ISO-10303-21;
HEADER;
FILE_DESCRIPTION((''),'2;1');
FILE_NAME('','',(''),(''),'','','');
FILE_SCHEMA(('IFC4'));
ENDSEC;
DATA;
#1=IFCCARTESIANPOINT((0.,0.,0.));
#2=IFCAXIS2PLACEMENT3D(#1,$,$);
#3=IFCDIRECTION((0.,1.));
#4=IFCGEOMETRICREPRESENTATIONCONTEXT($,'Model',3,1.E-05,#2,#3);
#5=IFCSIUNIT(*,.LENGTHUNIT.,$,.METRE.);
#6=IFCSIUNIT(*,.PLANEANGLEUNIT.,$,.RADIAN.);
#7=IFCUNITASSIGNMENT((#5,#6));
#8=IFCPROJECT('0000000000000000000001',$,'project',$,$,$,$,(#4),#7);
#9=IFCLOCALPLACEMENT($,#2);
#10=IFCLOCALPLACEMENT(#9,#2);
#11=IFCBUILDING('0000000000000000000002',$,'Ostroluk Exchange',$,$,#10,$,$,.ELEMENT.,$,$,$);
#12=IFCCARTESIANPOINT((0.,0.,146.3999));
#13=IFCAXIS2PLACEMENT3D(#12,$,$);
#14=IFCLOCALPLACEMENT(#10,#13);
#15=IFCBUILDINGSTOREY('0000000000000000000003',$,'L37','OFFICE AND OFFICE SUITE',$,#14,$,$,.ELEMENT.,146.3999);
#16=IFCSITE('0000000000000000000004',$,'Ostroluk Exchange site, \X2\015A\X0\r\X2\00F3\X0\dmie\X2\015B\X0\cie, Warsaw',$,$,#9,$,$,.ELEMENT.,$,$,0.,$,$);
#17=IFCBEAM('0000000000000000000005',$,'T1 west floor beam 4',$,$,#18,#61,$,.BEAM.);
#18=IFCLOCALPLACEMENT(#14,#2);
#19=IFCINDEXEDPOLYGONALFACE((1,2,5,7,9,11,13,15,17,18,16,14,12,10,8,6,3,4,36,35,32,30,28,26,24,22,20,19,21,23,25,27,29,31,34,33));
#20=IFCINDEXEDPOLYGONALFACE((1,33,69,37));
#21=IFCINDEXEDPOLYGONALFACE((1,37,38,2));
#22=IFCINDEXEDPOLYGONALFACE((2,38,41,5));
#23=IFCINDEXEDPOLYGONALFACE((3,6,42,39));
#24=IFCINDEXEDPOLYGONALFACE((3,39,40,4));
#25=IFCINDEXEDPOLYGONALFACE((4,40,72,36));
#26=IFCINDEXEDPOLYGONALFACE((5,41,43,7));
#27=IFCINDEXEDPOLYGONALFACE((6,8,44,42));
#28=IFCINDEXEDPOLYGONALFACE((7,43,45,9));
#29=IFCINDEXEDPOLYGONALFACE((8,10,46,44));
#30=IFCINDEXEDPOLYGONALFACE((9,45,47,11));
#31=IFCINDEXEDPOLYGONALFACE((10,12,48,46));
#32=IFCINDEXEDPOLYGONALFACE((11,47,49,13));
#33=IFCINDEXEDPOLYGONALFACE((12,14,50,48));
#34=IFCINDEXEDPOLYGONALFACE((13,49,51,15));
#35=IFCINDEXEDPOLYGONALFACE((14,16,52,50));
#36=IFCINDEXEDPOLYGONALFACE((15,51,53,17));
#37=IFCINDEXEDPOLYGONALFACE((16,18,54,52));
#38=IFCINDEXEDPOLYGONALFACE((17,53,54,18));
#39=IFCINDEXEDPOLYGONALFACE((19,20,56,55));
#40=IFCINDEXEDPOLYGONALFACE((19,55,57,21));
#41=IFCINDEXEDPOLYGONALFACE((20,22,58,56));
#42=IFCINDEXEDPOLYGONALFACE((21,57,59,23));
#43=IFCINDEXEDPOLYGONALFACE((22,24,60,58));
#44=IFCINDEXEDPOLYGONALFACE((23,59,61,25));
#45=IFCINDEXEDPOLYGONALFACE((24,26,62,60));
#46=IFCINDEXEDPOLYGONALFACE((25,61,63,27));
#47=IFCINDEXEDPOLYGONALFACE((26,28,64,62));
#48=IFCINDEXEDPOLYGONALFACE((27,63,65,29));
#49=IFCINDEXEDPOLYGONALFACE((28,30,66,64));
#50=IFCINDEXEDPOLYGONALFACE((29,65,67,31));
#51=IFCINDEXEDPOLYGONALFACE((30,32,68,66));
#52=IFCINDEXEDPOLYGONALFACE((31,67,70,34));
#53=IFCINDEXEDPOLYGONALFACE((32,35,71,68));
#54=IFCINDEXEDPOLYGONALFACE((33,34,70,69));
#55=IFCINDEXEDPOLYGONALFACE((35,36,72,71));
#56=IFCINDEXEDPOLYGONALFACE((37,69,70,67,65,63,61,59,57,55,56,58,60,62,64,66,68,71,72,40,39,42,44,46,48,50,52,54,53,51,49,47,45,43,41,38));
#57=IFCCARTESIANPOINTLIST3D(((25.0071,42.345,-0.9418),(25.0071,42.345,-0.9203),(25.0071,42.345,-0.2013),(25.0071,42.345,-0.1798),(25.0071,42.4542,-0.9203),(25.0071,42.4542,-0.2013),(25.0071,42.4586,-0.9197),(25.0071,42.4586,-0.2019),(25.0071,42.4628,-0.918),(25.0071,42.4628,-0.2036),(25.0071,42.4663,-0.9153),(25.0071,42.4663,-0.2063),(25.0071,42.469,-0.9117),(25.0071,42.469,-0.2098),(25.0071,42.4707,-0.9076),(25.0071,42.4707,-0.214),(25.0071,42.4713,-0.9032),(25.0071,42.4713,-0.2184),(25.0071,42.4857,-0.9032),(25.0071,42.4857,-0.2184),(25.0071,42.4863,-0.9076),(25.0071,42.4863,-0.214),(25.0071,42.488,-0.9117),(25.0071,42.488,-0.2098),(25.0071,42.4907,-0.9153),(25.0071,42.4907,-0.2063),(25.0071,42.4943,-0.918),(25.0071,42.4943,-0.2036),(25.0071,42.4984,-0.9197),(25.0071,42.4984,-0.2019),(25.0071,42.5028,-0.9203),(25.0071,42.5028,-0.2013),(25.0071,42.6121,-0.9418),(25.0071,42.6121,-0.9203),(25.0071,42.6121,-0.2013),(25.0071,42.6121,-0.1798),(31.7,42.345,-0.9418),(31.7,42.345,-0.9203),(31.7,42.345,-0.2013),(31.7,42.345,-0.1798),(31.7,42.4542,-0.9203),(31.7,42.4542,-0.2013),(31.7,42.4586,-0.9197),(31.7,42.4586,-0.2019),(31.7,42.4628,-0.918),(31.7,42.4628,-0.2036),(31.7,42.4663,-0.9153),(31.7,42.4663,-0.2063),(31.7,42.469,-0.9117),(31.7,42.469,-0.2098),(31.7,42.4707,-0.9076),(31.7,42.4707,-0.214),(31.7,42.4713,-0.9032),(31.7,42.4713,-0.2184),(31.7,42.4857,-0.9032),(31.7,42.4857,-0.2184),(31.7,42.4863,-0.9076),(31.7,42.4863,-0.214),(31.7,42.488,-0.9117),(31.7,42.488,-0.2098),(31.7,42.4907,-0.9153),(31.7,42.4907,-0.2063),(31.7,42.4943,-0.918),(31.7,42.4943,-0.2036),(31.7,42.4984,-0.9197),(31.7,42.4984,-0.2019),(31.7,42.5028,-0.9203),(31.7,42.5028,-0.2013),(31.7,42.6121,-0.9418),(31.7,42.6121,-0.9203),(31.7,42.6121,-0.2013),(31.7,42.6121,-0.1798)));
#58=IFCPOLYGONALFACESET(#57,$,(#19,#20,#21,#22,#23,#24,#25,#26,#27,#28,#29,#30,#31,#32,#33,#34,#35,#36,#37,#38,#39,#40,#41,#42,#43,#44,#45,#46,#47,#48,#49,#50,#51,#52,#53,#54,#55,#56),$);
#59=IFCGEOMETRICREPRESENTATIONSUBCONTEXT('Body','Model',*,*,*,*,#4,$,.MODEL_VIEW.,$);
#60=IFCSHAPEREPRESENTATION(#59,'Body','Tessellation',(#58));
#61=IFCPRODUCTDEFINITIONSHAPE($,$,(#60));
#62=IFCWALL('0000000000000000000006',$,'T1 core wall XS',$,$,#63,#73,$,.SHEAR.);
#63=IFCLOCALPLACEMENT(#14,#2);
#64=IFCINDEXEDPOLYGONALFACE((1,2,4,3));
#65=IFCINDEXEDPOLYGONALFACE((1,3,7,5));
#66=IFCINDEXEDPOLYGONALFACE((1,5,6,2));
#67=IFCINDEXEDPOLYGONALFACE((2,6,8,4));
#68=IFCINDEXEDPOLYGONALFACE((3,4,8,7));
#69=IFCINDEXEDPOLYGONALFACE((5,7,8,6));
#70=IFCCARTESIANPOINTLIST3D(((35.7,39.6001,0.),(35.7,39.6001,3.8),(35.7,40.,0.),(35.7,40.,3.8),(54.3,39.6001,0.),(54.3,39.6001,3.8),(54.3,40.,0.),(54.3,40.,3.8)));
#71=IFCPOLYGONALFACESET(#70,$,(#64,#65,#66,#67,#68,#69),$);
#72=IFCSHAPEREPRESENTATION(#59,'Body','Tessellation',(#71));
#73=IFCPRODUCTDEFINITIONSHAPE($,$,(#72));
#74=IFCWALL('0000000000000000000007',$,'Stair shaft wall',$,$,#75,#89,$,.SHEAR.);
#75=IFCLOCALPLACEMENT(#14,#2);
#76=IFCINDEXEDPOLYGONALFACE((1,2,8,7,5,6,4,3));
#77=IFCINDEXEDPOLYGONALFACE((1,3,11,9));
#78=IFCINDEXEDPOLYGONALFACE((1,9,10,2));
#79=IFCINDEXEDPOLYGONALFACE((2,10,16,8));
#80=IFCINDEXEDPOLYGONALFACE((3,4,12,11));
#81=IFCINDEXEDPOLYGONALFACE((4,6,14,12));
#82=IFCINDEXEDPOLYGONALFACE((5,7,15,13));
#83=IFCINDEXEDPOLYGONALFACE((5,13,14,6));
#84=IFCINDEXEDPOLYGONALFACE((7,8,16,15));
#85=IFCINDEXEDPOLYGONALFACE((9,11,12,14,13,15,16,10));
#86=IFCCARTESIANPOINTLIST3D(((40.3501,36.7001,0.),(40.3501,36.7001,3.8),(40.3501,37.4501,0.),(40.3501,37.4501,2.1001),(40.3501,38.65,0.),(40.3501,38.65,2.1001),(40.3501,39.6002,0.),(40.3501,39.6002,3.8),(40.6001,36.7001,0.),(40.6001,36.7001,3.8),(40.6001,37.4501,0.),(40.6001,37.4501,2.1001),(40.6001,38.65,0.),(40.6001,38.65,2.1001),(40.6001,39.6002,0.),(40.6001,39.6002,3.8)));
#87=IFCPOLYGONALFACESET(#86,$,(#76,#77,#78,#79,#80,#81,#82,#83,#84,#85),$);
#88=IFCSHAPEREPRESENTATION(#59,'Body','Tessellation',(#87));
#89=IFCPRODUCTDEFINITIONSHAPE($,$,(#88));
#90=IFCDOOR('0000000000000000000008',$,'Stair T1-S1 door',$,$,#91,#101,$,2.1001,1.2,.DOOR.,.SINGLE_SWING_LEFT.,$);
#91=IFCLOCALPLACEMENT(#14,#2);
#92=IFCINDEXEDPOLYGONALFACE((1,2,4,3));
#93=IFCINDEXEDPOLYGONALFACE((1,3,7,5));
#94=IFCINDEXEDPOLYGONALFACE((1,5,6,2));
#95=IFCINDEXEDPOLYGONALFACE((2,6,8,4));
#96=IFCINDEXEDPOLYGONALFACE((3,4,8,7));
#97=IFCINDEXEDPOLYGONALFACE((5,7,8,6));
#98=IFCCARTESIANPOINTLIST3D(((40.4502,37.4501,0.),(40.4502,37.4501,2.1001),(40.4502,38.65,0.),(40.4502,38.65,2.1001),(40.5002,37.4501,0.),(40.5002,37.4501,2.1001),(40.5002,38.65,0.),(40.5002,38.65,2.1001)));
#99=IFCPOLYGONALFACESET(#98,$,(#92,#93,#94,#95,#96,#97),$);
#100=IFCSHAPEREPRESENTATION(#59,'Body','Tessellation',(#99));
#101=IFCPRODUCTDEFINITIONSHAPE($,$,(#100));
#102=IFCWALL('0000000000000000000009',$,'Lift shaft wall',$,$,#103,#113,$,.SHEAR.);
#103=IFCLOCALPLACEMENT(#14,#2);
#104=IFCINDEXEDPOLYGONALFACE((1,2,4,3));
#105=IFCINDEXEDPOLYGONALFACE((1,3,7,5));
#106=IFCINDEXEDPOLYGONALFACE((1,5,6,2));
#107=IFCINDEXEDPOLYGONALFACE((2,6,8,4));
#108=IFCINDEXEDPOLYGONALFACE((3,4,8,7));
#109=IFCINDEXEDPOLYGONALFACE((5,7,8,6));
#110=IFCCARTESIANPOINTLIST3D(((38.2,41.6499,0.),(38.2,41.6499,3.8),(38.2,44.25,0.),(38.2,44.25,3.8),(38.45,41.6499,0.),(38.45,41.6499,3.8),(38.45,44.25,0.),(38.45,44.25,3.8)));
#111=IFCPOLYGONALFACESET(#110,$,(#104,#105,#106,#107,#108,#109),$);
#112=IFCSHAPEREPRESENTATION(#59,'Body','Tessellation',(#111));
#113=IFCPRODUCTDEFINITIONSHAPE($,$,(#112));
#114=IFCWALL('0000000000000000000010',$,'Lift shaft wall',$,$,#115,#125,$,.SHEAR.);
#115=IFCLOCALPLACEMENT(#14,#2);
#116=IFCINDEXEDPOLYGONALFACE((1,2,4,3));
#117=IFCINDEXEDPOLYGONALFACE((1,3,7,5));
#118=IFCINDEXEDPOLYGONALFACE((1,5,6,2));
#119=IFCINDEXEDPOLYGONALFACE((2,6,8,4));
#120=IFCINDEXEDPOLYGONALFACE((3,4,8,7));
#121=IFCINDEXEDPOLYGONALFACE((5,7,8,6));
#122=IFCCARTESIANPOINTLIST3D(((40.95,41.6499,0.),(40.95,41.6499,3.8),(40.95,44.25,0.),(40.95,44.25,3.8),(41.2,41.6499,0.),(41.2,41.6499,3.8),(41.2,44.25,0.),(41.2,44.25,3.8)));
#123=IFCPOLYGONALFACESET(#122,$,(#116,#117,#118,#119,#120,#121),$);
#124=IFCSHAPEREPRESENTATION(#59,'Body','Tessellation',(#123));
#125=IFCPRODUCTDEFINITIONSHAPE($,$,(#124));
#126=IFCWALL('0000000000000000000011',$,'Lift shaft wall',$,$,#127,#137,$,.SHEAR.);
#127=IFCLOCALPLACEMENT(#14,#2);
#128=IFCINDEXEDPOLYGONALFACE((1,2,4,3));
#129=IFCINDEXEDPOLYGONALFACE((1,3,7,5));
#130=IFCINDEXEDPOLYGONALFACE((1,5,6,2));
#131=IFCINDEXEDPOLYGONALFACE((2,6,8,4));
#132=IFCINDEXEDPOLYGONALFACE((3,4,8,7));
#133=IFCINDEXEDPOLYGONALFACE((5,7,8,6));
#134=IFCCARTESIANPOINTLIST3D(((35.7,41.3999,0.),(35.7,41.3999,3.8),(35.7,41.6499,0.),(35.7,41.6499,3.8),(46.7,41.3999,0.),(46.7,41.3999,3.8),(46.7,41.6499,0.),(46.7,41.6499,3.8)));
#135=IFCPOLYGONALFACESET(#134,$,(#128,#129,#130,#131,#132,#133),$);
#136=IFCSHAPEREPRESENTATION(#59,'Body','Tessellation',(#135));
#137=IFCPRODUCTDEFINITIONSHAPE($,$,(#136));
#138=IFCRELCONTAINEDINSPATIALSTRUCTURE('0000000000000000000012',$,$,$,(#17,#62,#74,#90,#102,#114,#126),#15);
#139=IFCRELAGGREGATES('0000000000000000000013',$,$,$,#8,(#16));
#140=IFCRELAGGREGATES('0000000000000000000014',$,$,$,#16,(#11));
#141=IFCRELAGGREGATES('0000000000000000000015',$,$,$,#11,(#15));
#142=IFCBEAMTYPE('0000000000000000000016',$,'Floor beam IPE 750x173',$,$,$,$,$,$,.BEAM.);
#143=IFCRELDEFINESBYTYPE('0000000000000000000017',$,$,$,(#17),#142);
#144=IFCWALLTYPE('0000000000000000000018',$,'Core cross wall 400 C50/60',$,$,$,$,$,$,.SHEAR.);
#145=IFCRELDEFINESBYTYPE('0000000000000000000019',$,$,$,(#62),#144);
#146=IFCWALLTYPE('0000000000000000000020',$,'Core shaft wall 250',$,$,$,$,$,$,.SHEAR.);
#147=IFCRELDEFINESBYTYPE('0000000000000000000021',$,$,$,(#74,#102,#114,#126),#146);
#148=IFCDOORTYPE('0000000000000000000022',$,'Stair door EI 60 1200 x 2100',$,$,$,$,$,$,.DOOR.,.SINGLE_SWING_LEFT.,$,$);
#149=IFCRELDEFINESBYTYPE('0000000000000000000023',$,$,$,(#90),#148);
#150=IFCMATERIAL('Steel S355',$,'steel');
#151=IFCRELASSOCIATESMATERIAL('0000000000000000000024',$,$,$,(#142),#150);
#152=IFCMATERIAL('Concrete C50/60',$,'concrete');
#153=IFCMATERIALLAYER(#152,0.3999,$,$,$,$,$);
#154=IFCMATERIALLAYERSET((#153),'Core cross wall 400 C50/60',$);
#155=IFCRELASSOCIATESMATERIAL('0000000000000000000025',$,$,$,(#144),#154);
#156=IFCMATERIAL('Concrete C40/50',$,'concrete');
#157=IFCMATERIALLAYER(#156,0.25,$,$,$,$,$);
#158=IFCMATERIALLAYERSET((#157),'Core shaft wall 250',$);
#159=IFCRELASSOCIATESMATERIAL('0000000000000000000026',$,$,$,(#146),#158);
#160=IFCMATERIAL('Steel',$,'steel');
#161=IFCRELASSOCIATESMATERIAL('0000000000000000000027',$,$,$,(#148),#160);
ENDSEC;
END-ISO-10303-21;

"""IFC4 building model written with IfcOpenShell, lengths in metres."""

from ifc_helpers import new_model, si_unit, direction, frame, frame_2d, origin, origin_2d, place, context, subcontext, project, spatial, rectangle, i_section, extrude, material, layer, layer_set, material_profile, profile_set, type_object, element, fill, save


model = new_model("IFC4")

# Units and contexts
model_context = context("Model", 3, precision=1e-05, world=origin(), true_north=direction((0.0, 1.0)))
body_context = subcontext(model_context, "Body", "Model", "MODEL_VIEW")
ifc_project = project(units=[si_unit("LENGTHUNIT", "METRE"), si_unit("PLANEANGLEUNIT", "RADIAN")], contexts=[model_context])

# Site, building, storey
site_placement = place(None, origin())
site = spatial("IfcSite", under=ifc_project, at=site_placement, Name="Ostroluk Exchange site, Śródmieście, Warsaw", CompositionType="ELEMENT", RefElevation=0.0)
building_placement = place(site_placement, origin())
building = spatial("IfcBuilding", under=site, at=building_placement, Name="Ostroluk Exchange", CompositionType="ELEMENT")
storey_placement = place(building_placement, frame((0.0, 0.0, 146.3999)))
storey = spatial("IfcBuildingStorey", under=building, at=storey_placement, Name="L37", Description="OFFICE AND OFFICE SUITE", CompositionType="ELEMENT", Elevation=146.3999)

# Beam
ifc_material_1 = material(Name="Steel S355", Category="steel")
ifc_material_profile = material_profile(ifc_material_1, i_section(OverallWidth=0.2671, OverallDepth=0.762, WebThickness=0.0144, FlangeThickness=0.0215, FilletRadius=0.0171, at=origin_2d()), Name="IPE 750x173")
ifc_profile_set = profile_set([ifc_material_profile], Name="Steel S355")
beam_type = type_object("IfcBeamType", Name="Floor beam IPE 750x173", PredefinedType="BEAM", material=ifc_profile_set)
beam_placement = place(storey_placement, frame((31.7, 42.4785, -0.5608), z_axis=(-1.0, 0.0, 0.0), x_axis=(0.0, -1.0, 0.0)))
element("IfcBeam", 1, at=beam_placement, inside=storey, type_object=beam_type, Name="T1 west floor beam 4", PredefinedType="BEAM", context=body_context, shape_type="SweptSolid", body=[
    extrude(i_section(OverallWidth=0.2671, OverallDepth=0.762, WebThickness=0.0144, FlangeThickness=0.0215, FilletRadius=0.0171, at=origin_2d()), origin(), (0.0, 0.0, 1.0), 6.6929),
])

# Wall
ifc_material_2 = material(Name="Concrete C50/60", Category="concrete")
ifc_layer_1 = layer(ifc_material_2, 0.3999)
ifc_layer_set_1 = layer_set([ifc_layer_1], Name="Core cross wall 400 C50/60")
wall_type_1 = type_object("IfcWallType", Name="Core cross wall 400 C50/60", PredefinedType="SHEAR", material=ifc_layer_set_1)
wall_1_placement = place(storey_placement, frame((35.7, 39.8, 0.0), z_axis=(0.0, 0.0, 1.0), x_axis=(1.0, 0.0, 0.0)))
element("IfcWall", 2, at=wall_1_placement, inside=storey, type_object=wall_type_1, Name="T1 core wall XS", PredefinedType="SHEAR", context=body_context, shape_type="SweptSolid", body=[
    extrude(rectangle(XDim=18.6001, YDim=0.3999, at=frame_2d((9.3, 0.0))), origin(), (0.0, 0.0, 1.0), 3.8),
])

# Wall, opening, door
ifc_material_3 = material(Name="Concrete C40/50", Category="concrete")
ifc_layer_2 = layer(ifc_material_3, 0.25)
ifc_layer_set_2 = layer_set([ifc_layer_2], Name="Core shaft wall 250")
wall_type_2 = type_object("IfcWallType", Name="Core shaft wall 250", PredefinedType="SHEAR", material=ifc_layer_set_2)
wall_2_placement = place(storey_placement, frame((40.4751, 36.7, 0.0), z_axis=(0.0, 0.0, 1.0), x_axis=(0.0, 1.0, 0.0)))
wall_2 = element("IfcWall", 3, at=wall_2_placement, inside=storey, type_object=wall_type_2, Name="Stair shaft wall", PredefinedType="SHEAR", context=body_context, shape_type="SweptSolid", body=[
    extrude(rectangle(XDim=2.9001, YDim=0.25, at=frame_2d((1.4502, 0.0))), origin(), (0.0, 0.0, 1.0), 3.8),
])
opening_1_placement = place(wall_2_placement, frame((0.75, 0.0, 0.0)))
opening_1 = element("IfcOpeningElement", 4, at=opening_1_placement, cuts=wall_2, PredefinedType="OPENING", context=body_context, shape_type="SweptSolid", body=[
    extrude(rectangle(XDim=1.2, YDim=2.1001, at=frame_2d((0.6001, 1.05))), frame((0.0, 0.135, 0.0), z_axis=(0.0, -1.0, 0.0), x_axis=(1.0, 0.0, 0.0)), (0.0, 0.0, 1.0), 0.27),
])
ifc_material_4 = material(Name="Steel", Category="steel")
door_type_1 = type_object("IfcDoorType", Name="Stair door EI 60 1200 x 2100", OperationType="SINGLE_SWING_LEFT", PredefinedType="DOOR", material=ifc_material_4)
door_1_placement = place(opening_1_placement, origin())
door_1 = element("IfcDoor", 5, at=door_1_placement, inside=storey, type_object=door_type_1, Name="Stair T1-S1 door", OperationType="SINGLE_SWING_LEFT", OverallHeight=2.1001, OverallWidth=1.2, PredefinedType="DOOR", context=body_context, shape_type="SweptSolid", body=[
    extrude(rectangle(XDim=1.2, YDim=2.1001, at=frame_2d((0.6001, 1.05))), frame((0.0, 0.0249, 0.0), z_axis=(0.0, -1.0, 0.0), x_axis=(1.0, 0.0, 0.0)), (0.0, 0.0, 1.0), 0.05),
])
fill(opening_1, door_1)

# Walls
for number, where, z_axis, x_axis, name in (
    (6, (38.325, 44.25, 0.0), (0.0, 0.0, 1.0), (0.0, -1.0, 0.0), "Lift shaft wall"),
    (7, (41.075, 44.25, 0.0), (0.0, 0.0, 1.0), (0.0, -1.0, 0.0), "Lift shaft wall"),
):
    element("IfcWall", number, at=place(storey_placement, frame(where, z_axis=z_axis, x_axis=x_axis)), inside=storey, type_object=wall_type_2, Name=name, PredefinedType="SHEAR", context=body_context, shape_type="SweptSolid", body=[
        extrude(rectangle(XDim=2.6001, YDim=0.25, at=frame_2d((1.3, 0.0))), origin(), (0.0, 0.0, 1.0), 3.8),
    ])
wall_3_placement = place(storey_placement, frame((35.7, 41.5249, 0.0), z_axis=(0.0, 0.0, 1.0), x_axis=(1.0, 0.0, 0.0)))
element("IfcWall", 8, at=wall_3_placement, inside=storey, type_object=wall_type_2, Name="Lift shaft wall", PredefinedType="SHEAR", context=body_context, shape_type="SweptSolid", body=[
    extrude(rectangle(XDim=11.0, YDim=0.25, at=frame_2d((5.5, 0.0))), origin(), (0.0, 0.0, 1.0), 3.8),
])

save(model, "model.ifc")
